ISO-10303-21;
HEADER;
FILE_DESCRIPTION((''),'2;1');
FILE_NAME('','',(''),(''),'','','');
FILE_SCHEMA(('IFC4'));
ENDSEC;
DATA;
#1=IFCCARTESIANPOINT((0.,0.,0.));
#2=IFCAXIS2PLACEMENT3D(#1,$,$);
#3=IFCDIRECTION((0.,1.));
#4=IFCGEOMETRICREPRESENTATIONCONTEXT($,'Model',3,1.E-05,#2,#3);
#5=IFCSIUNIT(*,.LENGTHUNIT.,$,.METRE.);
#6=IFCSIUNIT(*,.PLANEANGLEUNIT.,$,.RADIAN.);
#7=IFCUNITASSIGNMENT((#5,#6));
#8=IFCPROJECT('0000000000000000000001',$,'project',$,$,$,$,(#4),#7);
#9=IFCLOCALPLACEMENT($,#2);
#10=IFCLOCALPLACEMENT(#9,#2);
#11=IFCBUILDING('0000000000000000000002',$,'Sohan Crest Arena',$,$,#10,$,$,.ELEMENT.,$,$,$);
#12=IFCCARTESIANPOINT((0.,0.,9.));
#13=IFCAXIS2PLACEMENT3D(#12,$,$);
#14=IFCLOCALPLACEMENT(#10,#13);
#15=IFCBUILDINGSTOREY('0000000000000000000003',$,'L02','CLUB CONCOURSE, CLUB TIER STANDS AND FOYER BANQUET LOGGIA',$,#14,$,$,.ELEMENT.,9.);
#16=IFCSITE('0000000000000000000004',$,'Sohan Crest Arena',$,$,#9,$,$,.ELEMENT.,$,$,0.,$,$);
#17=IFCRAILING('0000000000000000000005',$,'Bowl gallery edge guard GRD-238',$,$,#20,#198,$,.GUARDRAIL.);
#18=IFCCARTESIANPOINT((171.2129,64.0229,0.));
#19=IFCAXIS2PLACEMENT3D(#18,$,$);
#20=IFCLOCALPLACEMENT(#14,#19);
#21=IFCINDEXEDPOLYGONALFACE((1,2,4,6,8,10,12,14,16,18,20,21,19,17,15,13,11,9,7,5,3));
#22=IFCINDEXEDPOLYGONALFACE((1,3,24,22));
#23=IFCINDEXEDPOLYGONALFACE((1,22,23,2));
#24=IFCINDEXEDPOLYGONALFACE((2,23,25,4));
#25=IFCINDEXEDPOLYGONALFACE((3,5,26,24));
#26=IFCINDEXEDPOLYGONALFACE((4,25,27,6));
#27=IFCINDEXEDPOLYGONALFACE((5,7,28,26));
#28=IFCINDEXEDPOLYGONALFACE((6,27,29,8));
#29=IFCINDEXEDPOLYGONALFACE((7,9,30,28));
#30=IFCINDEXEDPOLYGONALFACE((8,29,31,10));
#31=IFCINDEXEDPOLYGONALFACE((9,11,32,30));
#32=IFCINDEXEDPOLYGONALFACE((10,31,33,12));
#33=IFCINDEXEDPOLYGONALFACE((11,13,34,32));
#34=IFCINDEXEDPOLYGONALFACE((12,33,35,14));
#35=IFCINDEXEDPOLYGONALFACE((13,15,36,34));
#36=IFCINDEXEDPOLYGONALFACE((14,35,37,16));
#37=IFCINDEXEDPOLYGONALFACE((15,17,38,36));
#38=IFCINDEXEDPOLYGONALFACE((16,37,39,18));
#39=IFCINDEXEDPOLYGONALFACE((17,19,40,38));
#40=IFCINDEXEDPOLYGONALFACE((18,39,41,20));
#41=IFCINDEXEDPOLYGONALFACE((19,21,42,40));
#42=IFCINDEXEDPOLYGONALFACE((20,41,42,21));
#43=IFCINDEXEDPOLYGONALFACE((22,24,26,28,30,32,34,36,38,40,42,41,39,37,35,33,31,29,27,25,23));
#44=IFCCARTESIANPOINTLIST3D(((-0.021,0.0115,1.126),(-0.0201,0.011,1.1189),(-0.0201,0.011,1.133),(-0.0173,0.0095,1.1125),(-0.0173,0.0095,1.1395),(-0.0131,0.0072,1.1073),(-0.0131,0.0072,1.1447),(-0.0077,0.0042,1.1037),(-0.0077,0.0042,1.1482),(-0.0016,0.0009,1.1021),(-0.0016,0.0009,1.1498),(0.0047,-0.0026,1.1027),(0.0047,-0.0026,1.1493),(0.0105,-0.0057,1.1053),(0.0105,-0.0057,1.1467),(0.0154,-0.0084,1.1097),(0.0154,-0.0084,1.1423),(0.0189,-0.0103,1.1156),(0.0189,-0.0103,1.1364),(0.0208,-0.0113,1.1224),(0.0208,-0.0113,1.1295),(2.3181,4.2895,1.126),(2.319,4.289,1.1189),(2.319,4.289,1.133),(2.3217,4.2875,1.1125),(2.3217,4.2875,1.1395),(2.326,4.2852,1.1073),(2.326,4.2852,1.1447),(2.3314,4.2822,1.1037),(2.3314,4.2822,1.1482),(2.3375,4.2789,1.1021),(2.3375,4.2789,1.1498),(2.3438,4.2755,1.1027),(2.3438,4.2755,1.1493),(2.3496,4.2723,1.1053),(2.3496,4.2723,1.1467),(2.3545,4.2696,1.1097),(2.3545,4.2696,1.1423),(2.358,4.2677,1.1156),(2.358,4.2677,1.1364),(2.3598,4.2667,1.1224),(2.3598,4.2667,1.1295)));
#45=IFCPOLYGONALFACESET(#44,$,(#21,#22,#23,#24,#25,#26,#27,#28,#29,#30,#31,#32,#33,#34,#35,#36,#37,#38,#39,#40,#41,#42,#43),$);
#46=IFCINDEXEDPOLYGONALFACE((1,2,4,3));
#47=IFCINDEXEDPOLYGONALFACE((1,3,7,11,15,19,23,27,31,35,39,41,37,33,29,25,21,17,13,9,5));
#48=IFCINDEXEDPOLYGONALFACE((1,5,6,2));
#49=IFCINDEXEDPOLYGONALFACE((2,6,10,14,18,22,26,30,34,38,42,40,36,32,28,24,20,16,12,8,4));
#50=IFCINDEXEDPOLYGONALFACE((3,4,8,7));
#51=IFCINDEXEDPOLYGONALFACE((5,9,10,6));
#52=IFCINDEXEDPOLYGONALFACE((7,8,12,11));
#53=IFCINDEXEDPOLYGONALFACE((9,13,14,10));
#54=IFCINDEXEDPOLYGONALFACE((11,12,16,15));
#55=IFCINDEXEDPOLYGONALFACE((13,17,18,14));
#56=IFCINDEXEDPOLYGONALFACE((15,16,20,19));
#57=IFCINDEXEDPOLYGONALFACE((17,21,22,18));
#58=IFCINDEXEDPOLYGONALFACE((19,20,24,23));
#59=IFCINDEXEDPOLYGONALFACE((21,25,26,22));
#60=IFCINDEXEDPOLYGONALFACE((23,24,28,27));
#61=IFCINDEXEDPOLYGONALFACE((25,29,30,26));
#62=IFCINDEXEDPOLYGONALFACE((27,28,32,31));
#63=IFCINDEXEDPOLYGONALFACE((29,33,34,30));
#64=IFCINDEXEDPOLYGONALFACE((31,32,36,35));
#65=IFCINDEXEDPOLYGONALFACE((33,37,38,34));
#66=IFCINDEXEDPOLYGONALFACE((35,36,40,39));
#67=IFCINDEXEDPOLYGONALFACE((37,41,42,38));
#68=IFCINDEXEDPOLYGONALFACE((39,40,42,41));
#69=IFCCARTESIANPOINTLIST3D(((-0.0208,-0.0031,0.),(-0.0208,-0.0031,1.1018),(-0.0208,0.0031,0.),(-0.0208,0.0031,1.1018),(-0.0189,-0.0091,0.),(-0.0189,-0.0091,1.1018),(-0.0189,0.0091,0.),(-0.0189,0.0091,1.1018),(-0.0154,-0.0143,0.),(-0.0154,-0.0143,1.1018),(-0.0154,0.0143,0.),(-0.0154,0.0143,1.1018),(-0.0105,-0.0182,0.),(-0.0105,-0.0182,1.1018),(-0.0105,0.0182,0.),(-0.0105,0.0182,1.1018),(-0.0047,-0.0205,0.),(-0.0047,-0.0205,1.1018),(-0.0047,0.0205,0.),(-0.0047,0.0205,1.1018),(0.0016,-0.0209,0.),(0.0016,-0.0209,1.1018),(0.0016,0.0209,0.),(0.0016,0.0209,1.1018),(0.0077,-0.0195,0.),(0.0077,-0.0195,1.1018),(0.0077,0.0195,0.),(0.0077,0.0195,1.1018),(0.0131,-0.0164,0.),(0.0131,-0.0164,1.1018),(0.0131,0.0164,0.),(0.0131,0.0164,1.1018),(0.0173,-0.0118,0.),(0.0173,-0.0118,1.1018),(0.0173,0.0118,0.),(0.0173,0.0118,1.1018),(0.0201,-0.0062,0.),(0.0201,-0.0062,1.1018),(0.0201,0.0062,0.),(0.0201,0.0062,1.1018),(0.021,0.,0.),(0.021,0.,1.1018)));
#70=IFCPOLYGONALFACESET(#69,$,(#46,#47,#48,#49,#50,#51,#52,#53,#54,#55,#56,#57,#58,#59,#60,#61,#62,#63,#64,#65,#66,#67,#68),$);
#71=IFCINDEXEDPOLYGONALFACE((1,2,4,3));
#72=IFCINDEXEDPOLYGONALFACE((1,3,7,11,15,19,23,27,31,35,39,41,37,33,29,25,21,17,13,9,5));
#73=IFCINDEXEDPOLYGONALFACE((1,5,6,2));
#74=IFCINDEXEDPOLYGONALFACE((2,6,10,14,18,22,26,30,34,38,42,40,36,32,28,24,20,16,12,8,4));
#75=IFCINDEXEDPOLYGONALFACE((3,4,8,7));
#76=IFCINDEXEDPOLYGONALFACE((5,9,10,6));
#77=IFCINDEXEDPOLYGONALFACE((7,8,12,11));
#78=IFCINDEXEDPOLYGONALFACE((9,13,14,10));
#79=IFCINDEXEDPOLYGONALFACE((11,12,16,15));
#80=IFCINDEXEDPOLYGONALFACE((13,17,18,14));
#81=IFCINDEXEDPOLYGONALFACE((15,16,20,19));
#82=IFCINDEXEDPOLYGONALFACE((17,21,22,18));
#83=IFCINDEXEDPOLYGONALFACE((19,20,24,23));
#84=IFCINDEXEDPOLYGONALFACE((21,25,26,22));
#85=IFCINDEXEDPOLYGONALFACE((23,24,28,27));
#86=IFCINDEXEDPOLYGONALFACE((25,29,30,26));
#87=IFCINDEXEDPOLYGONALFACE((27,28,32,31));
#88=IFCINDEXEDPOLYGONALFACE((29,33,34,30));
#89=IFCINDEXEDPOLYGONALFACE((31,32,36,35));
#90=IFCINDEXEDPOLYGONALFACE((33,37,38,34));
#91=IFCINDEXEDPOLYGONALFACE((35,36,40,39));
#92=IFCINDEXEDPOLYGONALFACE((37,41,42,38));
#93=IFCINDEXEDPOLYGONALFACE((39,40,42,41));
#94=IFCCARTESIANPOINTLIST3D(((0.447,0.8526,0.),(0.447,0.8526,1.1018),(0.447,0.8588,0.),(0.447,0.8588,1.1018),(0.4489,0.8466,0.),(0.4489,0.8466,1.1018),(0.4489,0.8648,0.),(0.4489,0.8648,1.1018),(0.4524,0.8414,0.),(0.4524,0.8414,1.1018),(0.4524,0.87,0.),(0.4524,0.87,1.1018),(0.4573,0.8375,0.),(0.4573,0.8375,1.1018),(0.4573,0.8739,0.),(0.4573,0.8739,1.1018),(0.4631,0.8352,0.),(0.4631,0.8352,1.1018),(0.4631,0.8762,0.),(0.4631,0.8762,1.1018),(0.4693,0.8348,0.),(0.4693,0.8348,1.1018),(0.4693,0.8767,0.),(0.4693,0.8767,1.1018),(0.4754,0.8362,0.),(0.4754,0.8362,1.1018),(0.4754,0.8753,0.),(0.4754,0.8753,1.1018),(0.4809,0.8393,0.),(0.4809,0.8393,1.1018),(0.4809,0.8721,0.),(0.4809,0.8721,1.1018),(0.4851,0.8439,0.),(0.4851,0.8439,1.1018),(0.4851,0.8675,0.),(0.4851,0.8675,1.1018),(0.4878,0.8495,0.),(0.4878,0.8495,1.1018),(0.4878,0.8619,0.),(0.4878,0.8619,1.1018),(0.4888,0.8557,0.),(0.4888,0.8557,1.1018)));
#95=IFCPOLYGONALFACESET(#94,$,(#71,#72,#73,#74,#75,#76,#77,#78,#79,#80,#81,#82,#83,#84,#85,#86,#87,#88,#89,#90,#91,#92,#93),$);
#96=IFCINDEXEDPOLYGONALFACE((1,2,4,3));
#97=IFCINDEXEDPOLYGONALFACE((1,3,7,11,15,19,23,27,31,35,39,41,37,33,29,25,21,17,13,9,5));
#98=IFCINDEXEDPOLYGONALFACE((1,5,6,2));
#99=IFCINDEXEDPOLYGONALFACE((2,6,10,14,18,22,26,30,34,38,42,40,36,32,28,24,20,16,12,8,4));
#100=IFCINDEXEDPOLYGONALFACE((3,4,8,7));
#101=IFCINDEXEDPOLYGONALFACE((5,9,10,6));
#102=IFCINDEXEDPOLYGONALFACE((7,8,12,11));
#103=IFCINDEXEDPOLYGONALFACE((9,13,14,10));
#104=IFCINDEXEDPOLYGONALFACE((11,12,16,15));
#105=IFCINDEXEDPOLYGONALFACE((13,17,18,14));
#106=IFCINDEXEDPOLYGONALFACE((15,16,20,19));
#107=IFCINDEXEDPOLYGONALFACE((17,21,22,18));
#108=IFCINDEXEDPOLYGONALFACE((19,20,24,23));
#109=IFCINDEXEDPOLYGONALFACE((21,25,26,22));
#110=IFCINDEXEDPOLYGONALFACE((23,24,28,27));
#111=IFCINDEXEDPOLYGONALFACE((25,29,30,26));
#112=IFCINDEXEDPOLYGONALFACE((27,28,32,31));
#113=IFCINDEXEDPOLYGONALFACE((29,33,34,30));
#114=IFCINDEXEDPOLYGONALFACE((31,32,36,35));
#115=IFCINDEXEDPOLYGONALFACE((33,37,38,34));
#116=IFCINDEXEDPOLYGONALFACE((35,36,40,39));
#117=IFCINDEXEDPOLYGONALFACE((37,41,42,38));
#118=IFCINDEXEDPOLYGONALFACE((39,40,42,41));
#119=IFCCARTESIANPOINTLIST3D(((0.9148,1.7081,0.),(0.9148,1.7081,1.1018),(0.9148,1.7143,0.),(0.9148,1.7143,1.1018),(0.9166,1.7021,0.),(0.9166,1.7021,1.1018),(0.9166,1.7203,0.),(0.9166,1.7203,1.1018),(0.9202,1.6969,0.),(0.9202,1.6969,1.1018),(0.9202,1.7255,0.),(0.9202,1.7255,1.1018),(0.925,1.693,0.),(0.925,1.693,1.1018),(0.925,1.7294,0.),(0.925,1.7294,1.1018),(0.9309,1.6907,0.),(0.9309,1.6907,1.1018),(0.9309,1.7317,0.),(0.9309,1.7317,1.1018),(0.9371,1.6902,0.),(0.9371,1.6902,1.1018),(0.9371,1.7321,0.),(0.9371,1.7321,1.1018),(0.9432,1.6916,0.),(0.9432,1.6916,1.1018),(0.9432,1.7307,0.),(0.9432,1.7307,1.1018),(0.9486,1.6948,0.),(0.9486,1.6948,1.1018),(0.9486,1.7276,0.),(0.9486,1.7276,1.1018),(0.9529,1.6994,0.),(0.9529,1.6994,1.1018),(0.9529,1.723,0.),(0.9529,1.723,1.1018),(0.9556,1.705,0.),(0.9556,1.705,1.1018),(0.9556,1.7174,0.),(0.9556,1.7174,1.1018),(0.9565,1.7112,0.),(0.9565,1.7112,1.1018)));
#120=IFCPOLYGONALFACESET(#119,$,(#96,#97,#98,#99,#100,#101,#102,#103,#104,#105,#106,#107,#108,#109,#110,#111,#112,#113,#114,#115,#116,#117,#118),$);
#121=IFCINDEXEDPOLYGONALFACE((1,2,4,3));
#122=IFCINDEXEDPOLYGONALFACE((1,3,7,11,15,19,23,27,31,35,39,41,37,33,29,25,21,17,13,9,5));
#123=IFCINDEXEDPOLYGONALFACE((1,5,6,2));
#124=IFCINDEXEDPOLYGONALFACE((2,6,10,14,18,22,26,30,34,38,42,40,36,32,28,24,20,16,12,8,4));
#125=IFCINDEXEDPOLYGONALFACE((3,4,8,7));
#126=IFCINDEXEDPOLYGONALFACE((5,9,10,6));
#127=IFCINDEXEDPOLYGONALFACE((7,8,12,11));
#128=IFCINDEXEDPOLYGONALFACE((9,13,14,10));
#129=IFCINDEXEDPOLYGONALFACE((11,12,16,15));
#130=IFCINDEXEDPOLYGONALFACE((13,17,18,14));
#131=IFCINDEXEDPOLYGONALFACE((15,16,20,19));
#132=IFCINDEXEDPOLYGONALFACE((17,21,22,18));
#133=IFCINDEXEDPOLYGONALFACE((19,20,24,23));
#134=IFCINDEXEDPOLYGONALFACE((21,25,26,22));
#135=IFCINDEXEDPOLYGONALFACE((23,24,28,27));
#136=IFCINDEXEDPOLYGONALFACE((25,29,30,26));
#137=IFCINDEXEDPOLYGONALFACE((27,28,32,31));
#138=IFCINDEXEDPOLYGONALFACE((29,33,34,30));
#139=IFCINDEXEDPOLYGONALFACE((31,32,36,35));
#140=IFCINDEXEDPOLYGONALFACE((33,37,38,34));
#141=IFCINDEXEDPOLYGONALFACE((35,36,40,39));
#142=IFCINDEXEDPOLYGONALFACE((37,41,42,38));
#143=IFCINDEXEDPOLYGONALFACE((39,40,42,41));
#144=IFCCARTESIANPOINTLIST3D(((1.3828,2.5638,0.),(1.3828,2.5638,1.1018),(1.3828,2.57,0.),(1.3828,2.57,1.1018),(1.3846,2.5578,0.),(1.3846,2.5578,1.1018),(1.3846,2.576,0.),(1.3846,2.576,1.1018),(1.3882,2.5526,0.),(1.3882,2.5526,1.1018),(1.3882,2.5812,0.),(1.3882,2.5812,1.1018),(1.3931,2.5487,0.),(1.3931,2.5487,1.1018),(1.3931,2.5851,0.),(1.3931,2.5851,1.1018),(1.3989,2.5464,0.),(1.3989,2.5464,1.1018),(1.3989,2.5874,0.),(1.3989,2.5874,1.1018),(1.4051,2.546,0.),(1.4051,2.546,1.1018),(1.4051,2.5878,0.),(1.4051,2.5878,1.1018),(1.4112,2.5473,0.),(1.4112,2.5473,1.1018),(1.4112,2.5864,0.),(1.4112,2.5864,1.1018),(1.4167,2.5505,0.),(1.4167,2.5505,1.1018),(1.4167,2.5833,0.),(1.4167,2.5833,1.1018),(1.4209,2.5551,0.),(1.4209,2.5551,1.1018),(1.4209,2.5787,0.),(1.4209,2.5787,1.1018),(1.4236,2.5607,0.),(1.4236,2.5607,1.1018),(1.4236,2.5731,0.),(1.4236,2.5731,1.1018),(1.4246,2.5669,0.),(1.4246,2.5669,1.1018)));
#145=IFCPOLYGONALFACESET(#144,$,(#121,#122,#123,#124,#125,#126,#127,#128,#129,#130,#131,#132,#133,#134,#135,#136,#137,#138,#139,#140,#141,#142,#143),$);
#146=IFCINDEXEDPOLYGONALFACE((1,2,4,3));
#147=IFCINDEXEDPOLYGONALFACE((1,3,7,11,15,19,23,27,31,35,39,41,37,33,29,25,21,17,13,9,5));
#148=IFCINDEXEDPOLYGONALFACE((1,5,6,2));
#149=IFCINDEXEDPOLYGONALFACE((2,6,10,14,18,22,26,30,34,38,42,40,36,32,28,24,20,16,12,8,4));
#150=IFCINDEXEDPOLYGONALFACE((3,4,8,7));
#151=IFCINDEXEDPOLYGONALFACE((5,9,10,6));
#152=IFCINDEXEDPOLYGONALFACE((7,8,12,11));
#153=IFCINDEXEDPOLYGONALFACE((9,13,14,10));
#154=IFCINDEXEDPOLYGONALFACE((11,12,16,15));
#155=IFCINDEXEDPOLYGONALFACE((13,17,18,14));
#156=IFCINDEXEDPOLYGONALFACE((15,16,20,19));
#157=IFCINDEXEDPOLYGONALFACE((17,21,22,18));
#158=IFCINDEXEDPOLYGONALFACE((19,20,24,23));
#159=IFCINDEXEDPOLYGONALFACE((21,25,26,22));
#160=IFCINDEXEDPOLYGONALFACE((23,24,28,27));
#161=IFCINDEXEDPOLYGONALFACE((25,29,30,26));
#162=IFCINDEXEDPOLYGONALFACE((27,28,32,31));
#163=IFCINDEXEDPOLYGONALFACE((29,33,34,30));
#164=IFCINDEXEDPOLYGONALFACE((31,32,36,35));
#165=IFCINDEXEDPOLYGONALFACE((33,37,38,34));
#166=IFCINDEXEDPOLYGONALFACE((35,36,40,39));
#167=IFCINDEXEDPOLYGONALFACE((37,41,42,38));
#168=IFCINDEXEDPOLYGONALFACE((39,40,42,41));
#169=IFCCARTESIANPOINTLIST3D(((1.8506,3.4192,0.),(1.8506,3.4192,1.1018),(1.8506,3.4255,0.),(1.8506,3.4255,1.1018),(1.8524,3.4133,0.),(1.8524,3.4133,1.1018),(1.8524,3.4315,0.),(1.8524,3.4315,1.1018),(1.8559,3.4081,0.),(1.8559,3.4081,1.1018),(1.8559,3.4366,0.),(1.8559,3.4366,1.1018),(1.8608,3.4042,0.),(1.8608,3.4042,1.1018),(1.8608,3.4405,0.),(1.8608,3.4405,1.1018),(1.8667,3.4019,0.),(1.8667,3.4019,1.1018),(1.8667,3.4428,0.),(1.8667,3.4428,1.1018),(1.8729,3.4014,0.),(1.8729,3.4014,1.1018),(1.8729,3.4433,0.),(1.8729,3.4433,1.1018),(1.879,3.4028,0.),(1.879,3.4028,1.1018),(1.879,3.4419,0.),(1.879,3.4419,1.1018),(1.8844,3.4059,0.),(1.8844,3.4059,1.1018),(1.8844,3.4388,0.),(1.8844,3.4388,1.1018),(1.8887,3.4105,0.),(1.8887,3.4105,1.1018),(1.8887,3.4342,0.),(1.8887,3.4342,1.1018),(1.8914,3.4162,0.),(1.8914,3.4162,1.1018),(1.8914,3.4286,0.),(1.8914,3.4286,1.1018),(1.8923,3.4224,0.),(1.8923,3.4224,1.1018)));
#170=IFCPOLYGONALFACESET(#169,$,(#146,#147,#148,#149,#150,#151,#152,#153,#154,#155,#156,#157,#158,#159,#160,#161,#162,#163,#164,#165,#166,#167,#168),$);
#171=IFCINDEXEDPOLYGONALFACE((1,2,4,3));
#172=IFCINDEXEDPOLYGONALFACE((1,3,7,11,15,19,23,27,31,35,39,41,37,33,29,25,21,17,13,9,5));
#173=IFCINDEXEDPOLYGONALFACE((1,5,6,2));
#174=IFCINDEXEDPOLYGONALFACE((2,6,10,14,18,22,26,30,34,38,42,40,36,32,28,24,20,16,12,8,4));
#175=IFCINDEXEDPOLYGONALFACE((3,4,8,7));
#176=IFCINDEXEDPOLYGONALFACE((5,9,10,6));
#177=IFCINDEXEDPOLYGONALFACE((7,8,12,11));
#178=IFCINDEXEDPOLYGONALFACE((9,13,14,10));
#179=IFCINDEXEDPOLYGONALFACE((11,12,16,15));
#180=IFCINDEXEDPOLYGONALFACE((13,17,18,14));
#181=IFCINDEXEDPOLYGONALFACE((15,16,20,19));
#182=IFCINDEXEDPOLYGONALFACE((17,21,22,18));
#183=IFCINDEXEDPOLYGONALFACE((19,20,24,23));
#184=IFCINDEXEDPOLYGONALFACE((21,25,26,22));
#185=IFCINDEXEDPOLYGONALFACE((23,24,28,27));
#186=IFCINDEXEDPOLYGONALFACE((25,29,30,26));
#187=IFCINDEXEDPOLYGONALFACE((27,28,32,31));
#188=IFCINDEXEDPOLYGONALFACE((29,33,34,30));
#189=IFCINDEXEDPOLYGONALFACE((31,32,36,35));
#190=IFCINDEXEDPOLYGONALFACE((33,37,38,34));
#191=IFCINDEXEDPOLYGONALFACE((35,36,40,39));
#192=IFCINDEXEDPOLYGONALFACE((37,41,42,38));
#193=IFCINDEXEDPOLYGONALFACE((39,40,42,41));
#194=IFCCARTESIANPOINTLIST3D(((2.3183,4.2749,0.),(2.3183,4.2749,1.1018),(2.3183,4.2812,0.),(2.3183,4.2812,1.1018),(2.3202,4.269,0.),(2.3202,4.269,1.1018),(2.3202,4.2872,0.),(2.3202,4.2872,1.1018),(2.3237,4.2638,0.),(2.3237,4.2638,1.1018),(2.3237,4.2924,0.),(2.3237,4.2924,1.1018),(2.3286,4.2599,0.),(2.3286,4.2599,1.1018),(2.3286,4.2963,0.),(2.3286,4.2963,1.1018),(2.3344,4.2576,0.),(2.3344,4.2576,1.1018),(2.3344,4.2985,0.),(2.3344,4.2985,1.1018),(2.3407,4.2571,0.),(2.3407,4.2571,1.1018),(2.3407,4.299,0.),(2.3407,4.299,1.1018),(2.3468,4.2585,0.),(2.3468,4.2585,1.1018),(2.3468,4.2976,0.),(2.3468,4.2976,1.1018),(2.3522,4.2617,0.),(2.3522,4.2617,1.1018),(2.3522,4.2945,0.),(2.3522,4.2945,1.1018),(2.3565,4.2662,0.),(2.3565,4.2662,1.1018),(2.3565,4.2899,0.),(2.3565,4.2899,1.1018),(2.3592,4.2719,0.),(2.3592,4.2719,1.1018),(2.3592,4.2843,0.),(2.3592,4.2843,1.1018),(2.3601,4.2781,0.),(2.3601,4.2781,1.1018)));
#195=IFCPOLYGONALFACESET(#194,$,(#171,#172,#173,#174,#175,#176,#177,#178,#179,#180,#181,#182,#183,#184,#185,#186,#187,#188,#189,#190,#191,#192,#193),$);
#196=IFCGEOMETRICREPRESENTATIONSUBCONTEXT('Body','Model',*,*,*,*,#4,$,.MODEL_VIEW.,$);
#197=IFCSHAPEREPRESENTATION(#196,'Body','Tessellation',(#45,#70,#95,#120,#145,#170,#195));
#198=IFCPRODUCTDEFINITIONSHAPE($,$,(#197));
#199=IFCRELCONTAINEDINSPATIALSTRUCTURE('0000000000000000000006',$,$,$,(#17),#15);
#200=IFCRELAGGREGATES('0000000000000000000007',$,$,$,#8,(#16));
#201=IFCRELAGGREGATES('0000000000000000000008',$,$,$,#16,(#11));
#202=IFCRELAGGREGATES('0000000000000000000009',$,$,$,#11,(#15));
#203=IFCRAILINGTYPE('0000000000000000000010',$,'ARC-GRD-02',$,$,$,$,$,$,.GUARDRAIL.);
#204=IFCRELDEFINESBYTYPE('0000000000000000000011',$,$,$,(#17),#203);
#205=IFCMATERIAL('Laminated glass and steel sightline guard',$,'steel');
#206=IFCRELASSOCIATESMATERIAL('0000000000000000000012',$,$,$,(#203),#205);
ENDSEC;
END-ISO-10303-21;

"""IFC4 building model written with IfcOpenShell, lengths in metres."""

from ifc_helpers import new_model, si_unit, direction, frame, origin, origin_2d, place, context, subcontext, project, spatial, circle, extrude, material, type_object, element, save


model = new_model("IFC4")

# Units and contexts
model_context = context("Model", 3, precision=1e-05, world=origin(), true_north=direction((0.0, 1.0)))
body_context = subcontext(model_context, "Body", "Model", "MODEL_VIEW")
ifc_project = project(units=[si_unit("LENGTHUNIT", "METRE"), si_unit("PLANEANGLEUNIT", "RADIAN")], contexts=[model_context])

# Site, building, storey
site_placement = place(None, origin())
site = spatial("IfcSite", under=ifc_project, at=site_placement, Name="Sohan Crest Arena", CompositionType="ELEMENT", RefElevation=0.0)
building_placement = place(site_placement, origin())
building = spatial("IfcBuilding", under=site, at=building_placement, Name="Sohan Crest Arena", CompositionType="ELEMENT")
storey_placement = place(building_placement, frame((0.0, 0.0, 9.0)))
storey = spatial("IfcBuildingStorey", under=building, at=storey_placement, Name="L02", Description="CLUB CONCOURSE, CLUB TIER STANDS AND FOYER BANQUET LOGGIA", CompositionType="ELEMENT", Elevation=9.0)

# Railing
ifc_material_1 = material(Name="Laminated glass and steel sightline guard", Category="steel")
railing_type = type_object("IfcRailingType", Name="ARC-GRD-02", PredefinedType="GUARDRAIL", material=ifc_material_1)
railing_placement = place(storey_placement, frame((171.2129, 64.0229, 0.0)))
element("IfcRailing", 1, at=railing_placement, inside=storey, type_object=railing_type, Name="Bowl gallery edge guard GRD-238", PredefinedType="GUARDRAIL", context=body_context, shape_type="SweptSolid", body=[
    extrude(circle(Radius=0.0239, at=origin_2d()), frame((0.0, 0.0, 1.126), z_axis=(0.479739, 0.877411, 0.0), x_axis=(-0.877411, 0.479739, 0.0)), (0.0, 0.0, 1.0), 4.8757),
    extrude(circle(Radius=0.021, at=origin_2d()), origin(), (0.0, 0.0, 1.0), 1.1018),
    extrude(circle(Radius=0.021, at=origin_2d()), frame((0.4678, 0.8557, 0.0)), (0.0, 0.0, 1.0), 1.1018),
    extrude(circle(Radius=0.021, at=origin_2d()), frame((0.9355, 1.7112, 0.0)), (0.0, 0.0, 1.0), 1.1018),
    extrude(circle(Radius=0.021, at=origin_2d()), frame((1.4036, 2.5669, 0.0)), (0.0, 0.0, 1.0), 1.1018),
    extrude(circle(Radius=0.021, at=origin_2d()), frame((1.8713, 3.4224, 0.0)), (0.0, 0.0, 1.0), 1.1018),
    extrude(circle(Radius=0.021, at=origin_2d()), frame((2.3391, 4.2781, 0.0)), (0.0, 0.0, 1.0), 1.1018),
])

save(model, "model.ifc")
